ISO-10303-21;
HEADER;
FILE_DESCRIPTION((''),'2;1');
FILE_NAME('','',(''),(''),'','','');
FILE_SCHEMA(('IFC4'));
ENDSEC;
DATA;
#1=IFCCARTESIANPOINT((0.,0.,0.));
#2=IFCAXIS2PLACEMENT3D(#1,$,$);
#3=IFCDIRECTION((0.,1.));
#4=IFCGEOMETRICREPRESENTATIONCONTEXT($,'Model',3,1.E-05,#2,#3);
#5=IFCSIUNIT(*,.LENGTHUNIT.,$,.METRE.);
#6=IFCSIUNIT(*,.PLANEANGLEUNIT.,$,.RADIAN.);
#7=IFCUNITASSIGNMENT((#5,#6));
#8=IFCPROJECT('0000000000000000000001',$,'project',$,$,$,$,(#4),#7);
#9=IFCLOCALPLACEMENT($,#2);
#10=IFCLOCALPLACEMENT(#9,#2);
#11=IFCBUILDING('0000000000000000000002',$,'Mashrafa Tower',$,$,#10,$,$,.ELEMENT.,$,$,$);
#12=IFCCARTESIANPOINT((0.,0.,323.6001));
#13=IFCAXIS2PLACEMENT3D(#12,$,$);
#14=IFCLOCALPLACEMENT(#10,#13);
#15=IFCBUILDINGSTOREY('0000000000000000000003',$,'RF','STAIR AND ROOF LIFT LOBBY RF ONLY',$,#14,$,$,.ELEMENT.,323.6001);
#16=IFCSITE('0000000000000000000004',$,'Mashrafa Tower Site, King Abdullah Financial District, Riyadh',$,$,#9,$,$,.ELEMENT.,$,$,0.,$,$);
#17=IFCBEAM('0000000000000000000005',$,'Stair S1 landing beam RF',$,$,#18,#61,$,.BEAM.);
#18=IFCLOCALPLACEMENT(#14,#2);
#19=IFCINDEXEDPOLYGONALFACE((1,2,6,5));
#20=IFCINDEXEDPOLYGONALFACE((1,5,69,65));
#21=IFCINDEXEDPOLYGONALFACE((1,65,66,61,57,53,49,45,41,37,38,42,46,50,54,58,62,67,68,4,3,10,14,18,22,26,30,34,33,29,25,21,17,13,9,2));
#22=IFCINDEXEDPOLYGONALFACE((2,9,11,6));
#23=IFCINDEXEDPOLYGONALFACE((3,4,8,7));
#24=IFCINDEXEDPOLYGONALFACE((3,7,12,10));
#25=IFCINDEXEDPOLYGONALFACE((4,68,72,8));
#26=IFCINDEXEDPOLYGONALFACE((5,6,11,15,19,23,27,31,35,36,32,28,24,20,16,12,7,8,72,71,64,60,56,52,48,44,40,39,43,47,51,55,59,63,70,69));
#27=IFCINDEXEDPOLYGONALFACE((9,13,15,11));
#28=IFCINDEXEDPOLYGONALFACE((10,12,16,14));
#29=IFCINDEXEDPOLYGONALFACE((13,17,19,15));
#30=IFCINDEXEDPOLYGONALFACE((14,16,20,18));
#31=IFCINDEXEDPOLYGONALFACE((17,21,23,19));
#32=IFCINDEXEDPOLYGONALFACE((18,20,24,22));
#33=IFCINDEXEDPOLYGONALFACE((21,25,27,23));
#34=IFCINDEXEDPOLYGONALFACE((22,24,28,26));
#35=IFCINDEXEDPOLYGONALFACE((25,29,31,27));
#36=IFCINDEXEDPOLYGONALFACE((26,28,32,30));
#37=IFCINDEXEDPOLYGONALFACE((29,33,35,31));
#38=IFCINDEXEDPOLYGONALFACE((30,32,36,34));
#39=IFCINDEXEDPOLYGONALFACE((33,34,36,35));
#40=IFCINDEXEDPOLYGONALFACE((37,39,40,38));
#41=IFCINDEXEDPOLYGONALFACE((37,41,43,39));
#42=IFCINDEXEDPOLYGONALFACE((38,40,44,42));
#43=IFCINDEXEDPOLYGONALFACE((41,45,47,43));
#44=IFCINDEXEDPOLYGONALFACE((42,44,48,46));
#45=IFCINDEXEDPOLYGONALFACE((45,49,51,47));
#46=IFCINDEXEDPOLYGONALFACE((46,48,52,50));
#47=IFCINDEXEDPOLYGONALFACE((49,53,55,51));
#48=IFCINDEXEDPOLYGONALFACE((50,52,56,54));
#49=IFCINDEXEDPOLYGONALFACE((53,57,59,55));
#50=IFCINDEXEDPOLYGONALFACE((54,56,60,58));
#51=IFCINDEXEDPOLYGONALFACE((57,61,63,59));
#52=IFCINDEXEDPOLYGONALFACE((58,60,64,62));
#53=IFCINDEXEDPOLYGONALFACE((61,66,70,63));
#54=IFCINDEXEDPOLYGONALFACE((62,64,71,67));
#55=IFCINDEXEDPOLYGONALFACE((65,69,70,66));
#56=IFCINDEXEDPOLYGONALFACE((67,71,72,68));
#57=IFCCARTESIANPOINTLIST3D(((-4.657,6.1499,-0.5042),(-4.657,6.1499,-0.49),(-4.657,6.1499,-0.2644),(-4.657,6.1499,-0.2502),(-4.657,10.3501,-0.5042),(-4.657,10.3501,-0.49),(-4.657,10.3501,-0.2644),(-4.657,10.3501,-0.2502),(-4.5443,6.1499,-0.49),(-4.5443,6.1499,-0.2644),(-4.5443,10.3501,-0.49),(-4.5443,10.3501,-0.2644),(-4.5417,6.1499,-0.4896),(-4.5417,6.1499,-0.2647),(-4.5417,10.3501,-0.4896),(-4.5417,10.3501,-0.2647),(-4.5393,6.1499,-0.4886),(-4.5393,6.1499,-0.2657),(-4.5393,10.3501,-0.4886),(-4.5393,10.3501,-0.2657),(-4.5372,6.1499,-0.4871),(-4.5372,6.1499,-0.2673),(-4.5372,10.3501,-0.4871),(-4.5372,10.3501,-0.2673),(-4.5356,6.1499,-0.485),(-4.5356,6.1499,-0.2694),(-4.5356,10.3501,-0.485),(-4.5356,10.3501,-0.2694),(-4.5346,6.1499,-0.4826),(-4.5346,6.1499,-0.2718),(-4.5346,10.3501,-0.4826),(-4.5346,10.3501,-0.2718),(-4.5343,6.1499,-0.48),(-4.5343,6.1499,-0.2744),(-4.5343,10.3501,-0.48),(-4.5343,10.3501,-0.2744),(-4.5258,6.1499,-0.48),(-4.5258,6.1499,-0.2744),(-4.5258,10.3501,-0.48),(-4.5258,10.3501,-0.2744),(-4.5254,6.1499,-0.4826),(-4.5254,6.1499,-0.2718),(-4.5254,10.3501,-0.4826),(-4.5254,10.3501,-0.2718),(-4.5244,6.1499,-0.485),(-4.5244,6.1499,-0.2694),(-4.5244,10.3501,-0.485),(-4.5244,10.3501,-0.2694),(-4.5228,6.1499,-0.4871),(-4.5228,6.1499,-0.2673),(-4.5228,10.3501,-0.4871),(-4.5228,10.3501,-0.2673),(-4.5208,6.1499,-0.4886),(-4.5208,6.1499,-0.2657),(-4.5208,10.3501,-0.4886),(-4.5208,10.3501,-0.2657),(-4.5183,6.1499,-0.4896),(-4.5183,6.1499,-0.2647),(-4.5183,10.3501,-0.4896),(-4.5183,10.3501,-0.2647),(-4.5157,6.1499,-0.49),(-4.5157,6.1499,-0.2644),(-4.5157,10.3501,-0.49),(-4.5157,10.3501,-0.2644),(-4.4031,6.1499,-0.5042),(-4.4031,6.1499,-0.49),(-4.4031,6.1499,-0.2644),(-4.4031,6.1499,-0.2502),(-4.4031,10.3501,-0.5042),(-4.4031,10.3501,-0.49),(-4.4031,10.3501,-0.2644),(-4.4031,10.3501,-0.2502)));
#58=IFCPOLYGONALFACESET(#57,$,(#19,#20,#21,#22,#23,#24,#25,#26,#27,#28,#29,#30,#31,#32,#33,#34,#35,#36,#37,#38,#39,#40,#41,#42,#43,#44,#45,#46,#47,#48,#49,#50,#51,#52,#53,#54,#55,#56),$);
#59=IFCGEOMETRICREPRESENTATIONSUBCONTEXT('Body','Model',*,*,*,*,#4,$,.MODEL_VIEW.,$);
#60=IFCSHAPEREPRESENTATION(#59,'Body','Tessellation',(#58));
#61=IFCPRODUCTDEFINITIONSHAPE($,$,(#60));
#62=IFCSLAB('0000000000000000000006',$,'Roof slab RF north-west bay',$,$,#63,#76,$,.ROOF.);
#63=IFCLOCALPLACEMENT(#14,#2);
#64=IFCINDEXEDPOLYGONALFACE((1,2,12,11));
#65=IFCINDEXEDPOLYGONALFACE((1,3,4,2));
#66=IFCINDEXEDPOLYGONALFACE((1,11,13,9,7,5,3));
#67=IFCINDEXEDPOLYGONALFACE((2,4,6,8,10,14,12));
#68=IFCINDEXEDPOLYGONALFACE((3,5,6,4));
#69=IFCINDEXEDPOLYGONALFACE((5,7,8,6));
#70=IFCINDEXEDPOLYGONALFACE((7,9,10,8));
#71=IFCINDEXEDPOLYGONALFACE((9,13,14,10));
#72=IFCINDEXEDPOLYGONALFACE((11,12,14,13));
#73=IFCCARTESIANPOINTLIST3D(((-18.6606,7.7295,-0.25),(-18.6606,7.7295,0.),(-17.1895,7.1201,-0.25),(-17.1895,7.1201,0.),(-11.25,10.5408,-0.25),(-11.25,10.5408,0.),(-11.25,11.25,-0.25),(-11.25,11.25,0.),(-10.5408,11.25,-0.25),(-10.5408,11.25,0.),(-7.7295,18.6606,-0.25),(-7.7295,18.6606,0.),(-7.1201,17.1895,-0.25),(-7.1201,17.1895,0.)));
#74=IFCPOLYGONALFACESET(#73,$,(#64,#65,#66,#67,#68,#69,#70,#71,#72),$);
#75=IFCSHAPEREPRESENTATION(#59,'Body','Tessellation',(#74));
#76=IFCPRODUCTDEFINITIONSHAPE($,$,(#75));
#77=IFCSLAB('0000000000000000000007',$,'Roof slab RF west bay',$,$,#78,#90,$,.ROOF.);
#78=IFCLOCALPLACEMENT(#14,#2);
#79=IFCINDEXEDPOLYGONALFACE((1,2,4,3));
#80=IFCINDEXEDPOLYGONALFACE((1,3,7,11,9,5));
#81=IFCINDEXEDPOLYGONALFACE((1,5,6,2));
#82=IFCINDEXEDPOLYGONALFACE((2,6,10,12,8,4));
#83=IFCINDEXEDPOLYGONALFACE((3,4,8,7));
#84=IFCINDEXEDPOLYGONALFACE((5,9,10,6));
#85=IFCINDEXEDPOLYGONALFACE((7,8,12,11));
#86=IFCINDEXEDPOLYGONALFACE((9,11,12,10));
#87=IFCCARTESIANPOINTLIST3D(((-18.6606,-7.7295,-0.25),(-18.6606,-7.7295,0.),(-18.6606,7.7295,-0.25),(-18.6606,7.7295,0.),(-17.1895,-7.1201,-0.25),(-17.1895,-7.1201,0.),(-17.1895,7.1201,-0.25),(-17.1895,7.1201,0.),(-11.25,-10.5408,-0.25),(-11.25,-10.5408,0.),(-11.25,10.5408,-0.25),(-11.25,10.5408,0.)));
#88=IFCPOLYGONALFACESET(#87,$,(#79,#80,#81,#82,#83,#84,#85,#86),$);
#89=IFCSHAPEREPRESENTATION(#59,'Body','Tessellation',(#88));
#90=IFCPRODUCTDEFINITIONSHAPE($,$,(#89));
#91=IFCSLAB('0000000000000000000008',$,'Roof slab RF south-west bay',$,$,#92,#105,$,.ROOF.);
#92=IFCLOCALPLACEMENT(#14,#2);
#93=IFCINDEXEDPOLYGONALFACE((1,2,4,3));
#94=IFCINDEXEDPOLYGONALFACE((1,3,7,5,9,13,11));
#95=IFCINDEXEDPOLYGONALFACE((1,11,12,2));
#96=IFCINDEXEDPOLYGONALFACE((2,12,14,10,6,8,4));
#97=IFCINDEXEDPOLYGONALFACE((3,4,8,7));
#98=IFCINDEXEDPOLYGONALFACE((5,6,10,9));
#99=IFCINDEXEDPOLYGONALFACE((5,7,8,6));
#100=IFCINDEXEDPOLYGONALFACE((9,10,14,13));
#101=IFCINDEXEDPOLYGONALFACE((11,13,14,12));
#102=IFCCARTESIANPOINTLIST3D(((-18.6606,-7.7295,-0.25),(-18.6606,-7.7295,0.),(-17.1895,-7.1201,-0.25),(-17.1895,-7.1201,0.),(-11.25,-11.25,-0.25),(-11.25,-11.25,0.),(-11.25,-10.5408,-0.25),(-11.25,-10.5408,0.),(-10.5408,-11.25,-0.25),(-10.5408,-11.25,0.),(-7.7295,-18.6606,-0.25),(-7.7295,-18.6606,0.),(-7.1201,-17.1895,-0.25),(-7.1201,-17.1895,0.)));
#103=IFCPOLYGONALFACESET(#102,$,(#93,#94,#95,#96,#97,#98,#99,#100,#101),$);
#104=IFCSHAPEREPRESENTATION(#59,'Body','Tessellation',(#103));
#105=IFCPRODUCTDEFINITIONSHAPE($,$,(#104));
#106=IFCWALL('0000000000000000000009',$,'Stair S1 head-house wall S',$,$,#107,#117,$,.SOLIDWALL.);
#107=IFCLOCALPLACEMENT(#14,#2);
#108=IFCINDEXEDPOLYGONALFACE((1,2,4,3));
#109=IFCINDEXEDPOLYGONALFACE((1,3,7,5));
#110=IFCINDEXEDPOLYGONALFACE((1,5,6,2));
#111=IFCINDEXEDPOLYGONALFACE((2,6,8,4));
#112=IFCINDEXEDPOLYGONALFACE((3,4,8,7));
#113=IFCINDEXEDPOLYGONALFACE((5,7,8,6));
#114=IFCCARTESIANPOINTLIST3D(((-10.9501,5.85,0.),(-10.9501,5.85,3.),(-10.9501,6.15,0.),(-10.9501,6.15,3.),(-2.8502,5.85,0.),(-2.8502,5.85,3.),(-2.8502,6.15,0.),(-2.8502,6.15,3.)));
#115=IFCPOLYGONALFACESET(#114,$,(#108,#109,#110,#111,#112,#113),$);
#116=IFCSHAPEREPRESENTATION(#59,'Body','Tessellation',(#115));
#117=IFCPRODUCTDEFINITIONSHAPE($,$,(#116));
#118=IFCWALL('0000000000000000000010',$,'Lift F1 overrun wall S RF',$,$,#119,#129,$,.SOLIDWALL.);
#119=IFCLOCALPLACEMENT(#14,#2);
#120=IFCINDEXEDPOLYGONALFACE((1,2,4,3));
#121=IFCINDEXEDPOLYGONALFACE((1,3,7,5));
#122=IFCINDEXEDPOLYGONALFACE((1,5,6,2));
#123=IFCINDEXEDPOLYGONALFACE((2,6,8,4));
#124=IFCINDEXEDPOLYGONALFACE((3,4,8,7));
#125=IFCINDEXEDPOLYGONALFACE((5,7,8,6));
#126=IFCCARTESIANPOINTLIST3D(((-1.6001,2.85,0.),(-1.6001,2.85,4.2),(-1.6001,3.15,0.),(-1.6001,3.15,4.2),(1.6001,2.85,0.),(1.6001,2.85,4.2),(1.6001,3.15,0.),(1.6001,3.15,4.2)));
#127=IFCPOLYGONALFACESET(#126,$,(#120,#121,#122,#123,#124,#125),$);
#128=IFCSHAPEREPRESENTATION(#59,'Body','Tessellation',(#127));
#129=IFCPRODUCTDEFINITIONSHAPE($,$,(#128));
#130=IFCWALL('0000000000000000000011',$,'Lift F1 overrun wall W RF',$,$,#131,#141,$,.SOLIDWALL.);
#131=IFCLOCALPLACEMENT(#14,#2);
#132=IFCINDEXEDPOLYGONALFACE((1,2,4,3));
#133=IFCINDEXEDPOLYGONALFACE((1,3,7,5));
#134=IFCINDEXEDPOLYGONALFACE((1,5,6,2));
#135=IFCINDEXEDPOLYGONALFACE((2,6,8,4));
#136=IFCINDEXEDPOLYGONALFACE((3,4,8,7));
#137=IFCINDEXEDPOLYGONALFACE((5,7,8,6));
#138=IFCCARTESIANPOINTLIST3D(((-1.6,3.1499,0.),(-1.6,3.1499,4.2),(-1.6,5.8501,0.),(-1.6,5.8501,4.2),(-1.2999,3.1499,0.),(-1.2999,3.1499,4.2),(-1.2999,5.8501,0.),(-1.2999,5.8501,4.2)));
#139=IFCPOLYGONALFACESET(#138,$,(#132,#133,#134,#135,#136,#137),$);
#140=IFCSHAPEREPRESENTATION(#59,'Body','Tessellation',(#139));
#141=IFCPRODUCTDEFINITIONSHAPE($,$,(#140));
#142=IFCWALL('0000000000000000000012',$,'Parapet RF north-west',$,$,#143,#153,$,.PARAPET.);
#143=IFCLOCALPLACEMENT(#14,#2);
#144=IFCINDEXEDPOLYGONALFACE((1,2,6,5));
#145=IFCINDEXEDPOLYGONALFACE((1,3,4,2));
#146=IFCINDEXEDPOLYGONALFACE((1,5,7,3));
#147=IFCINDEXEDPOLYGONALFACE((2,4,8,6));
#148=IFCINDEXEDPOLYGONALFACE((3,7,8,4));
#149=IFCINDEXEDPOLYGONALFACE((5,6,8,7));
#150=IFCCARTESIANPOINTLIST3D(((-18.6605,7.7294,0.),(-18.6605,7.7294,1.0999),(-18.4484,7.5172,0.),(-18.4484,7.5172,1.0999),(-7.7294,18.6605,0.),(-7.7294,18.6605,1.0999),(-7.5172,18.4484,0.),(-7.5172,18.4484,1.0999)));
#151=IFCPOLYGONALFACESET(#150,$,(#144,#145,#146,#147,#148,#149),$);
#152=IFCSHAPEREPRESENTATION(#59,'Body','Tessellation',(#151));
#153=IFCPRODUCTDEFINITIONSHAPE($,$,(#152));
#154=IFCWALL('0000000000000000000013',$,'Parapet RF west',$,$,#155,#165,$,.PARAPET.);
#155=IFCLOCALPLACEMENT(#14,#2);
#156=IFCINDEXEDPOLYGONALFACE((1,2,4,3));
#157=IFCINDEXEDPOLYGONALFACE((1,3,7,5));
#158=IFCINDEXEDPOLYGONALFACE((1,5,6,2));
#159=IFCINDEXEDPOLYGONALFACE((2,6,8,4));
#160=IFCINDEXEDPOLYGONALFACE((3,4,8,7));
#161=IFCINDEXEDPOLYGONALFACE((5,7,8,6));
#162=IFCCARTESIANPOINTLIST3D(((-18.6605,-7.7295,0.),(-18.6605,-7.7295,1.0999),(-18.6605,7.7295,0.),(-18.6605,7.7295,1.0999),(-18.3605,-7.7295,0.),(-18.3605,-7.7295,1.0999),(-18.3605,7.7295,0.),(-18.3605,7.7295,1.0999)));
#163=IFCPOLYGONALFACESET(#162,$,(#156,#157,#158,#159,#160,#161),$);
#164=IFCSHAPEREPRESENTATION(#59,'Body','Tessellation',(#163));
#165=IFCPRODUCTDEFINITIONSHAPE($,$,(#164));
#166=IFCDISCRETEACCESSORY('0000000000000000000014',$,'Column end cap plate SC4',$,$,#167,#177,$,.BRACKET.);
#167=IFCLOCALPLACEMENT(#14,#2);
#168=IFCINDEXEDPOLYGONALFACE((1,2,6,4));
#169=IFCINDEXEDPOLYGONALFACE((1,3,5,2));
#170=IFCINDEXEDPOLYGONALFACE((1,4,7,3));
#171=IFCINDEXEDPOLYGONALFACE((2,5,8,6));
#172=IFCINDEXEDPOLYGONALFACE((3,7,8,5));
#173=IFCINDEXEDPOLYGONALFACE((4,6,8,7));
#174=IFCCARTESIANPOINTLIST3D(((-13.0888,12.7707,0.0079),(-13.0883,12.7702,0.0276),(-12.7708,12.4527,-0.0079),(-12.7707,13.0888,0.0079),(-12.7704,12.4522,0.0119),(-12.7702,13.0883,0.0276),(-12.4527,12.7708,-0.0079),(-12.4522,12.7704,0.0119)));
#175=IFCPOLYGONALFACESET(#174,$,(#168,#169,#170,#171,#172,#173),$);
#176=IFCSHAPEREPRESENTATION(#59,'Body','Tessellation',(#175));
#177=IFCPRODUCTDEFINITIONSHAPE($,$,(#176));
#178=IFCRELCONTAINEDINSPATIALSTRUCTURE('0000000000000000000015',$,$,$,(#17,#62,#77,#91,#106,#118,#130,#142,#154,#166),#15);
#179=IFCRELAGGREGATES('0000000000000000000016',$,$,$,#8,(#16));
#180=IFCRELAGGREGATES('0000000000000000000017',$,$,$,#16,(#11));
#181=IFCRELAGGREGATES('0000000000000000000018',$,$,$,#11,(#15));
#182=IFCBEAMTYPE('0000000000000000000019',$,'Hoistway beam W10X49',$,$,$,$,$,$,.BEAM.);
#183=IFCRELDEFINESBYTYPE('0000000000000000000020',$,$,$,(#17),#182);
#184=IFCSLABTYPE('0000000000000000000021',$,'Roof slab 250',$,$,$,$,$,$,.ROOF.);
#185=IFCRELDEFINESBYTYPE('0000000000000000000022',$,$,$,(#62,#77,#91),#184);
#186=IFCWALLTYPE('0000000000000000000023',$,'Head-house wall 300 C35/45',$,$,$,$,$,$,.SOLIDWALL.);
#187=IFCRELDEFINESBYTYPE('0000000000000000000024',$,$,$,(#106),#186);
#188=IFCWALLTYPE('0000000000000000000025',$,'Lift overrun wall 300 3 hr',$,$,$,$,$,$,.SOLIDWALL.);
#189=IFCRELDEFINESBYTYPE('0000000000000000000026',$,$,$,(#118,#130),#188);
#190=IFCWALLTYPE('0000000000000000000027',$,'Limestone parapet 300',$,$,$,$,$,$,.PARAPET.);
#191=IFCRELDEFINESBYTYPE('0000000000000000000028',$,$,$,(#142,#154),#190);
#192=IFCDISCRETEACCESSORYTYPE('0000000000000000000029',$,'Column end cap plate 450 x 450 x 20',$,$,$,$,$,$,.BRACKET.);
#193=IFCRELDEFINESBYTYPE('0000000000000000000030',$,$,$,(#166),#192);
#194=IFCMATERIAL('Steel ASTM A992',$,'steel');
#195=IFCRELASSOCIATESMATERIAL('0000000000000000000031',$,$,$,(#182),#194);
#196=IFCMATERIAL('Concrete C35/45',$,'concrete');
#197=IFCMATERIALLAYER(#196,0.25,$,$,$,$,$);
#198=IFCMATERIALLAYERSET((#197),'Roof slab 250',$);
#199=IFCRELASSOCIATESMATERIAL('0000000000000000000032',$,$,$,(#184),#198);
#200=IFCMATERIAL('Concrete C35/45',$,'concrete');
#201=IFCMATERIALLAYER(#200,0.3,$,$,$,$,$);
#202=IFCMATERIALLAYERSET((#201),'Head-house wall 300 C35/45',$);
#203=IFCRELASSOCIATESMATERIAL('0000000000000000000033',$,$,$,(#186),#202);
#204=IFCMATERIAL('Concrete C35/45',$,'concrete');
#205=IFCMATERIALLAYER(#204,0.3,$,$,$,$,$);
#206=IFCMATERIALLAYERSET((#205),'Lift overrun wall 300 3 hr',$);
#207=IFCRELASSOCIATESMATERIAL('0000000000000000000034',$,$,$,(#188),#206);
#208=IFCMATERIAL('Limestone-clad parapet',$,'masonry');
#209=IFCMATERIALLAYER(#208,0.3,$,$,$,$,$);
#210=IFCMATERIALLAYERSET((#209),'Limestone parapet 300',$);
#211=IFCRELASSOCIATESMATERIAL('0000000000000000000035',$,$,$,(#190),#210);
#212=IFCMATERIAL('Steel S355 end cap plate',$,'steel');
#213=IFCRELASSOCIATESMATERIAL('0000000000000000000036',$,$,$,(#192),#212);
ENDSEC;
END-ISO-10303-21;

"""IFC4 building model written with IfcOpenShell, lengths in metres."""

from ifc_helpers import new_model, si_unit, direction, frame, frame_2d, origin, origin_2d, place, context, subcontext, project, spatial, polyline, rectangle, i_section, outline, extrude, material, layer, layer_set, material_profile, profile_set, type_object, element, save


model = new_model("IFC4")

# Units and contexts
model_context = context("Model", 3, precision=1e-05, world=origin(), true_north=direction((0.0, 1.0)))
body_context = subcontext(model_context, "Body", "Model", "MODEL_VIEW")
ifc_project = project(units=[si_unit("LENGTHUNIT", "METRE"), si_unit("PLANEANGLEUNIT", "RADIAN")], contexts=[model_context])

# Site, building, storey
site_placement = place(None, origin())
site = spatial("IfcSite", under=ifc_project, at=site_placement, Name="Mashrafa Tower Site, King Abdullah Financial District, Riyadh", CompositionType="ELEMENT", RefElevation=0.0)
building_placement = place(site_placement, origin())
building = spatial("IfcBuilding", under=site, at=building_placement, Name="Mashrafa Tower", CompositionType="ELEMENT")
storey_placement = place(building_placement, frame((0.0, 0.0, 323.6001)))
storey = spatial("IfcBuildingStorey", under=building, at=storey_placement, Name="RF", Description="STAIR AND ROOF LIFT LOBBY RF ONLY", CompositionType="ELEMENT", Elevation=323.6001)

# Beam
ifc_material_1 = material(Name="Steel ASTM A992", Category="steel")
ifc_material_profile_1 = material_profile(ifc_material_1, i_section(OverallWidth=0.2539, OverallDepth=0.2539, WebThickness=0.0085, FlangeThickness=0.0142, FilletRadius=0.01, at=origin_2d()), Name="W10X49")
ifc_profile_set_1 = profile_set([ifc_material_profile_1], Name="Steel ASTM A992")
beam_type_1 = type_object("IfcBeamType", Name="Hoistway beam W10X49", PredefinedType="BEAM", material=ifc_profile_set_1)
beam_1_placement = place(storey_placement, frame((-4.53, 6.1499, -0.3772), z_axis=(0.0, 1.0, 0.0), x_axis=(-1.0, 0.0, 0.0)))
element("IfcBeam", 1, at=beam_1_placement, inside=storey, type_object=beam_type_1, Name="Stair S1 landing beam RF", PredefinedType="BEAM", context=body_context, shape_type="SweptSolid", body=[
    extrude(i_section(OverallWidth=0.2539, OverallDepth=0.2539, WebThickness=0.0085, FlangeThickness=0.0142, FilletRadius=0.01, at=origin_2d()), origin(), (0.0, 0.0, 1.0), 4.2002),
])

# Slabs
ifc_material_2 = material(Name="Concrete C35/45", Category="concrete")
ifc_layer_1 = layer(ifc_material_2, 0.25)
ifc_layer_set_1 = layer_set([ifc_layer_1], Name="Roof slab 250")
slab_type = type_object("IfcSlabType", Name="Roof slab 250", PredefinedType="ROOF", material=ifc_layer_set_1)
slab_1_placement = place(storey_placement, frame((0.0, 0.0, -0.25)))
element("IfcSlab", 2, at=slab_1_placement, inside=storey, type_object=slab_type, Name="Roof slab RF north-west bay", PredefinedType="ROOF", context=body_context, shape_type="SweptSolid", body=[
    extrude(outline(polyline([(-7.7295, 18.6606), (-7.1201, 17.1895), (-10.5408, 11.25), (-11.25, 11.25), (-11.25, 10.5408), (-17.1895, 7.1201), (-18.6606, 7.7295), (-7.7295, 18.6606)])), origin(), (0.0, 0.0, 1.0), 0.25),
])
slab_2_placement = place(storey_placement, frame((0.0, 0.0, -0.25)))
element("IfcSlab", 3, at=slab_2_placement, inside=storey, type_object=slab_type, Name="Roof slab RF west bay", PredefinedType="ROOF", context=body_context, shape_type="SweptSolid", body=[
    extrude(outline(polyline([(-18.6606, -7.7295), (-18.6606, 7.7295), (-18.6606, 7.7295), (-17.1895, 7.1201), (-11.25, 10.5408), (-11.25, -10.5408), (-17.1895, -7.1201), (-18.6606, -7.7295), (-18.6606, -7.7295)])), origin(), (0.0, 0.0, 1.0), 0.25),
])
slab_3_placement = place(storey_placement, frame((0.0, 0.0, -0.25)))
element("IfcSlab", 4, at=slab_3_placement, inside=storey, type_object=slab_type, Name="Roof slab RF south-west bay", PredefinedType="ROOF", context=body_context, shape_type="SweptSolid", body=[
    extrude(outline(polyline([(-18.6606, -7.7295), (-17.1895, -7.1201), (-11.25, -10.5408), (-11.25, -11.25), (-10.5408, -11.25), (-7.1201, -17.1895), (-7.7295, -18.6606), (-18.6606, -7.7295)])), origin(), (0.0, 0.0, 1.0), 0.25),
])

# Walls
ifc_material_3 = material(Name="Concrete C35/45", Category="concrete")
ifc_layer_2 = layer(ifc_material_3, 0.3)
ifc_layer_set_2 = layer_set([ifc_layer_2], Name="Head-house wall 300 C35/45")
wall_type_1 = type_object("IfcWallType", Name="Head-house wall 300 C35/45", PredefinedType="SOLIDWALL", material=ifc_layer_set_2)
wall_1_placement = place(storey_placement, frame((-10.95, 6.0, 0.0), z_axis=(0.0, 0.0, 1.0), x_axis=(1.0, 0.0, 0.0)))
element("IfcWall", 5, at=wall_1_placement, inside=storey, type_object=wall_type_1, Name="Stair S1 head-house wall S", PredefinedType="SOLIDWALL", context=body_context, shape_type="SweptSolid", body=[
    extrude(rectangle(XDim=8.0999, YDim=0.3, at=frame_2d((4.0498, 0.0))), origin(), (0.0, 0.0, 1.0), 3.0),
])
ifc_material_4 = material(Name="Concrete C35/45", Category="concrete")
ifc_layer_3 = layer(ifc_material_4, 0.3)
ifc_layer_set_3 = layer_set([ifc_layer_3], Name="Lift overrun wall 300 3 hr")
wall_type_2 = type_object("IfcWallType", Name="Lift overrun wall 300 3 hr", PredefinedType="SOLIDWALL", material=ifc_layer_set_3)
wall_2_placement = place(storey_placement, frame((-1.6001, 3.0, 0.0), z_axis=(0.0, 0.0, 1.0), x_axis=(1.0, 0.0, 0.0)))
element("IfcWall", 6, at=wall_2_placement, inside=storey, type_object=wall_type_2, Name="Lift F1 overrun wall S RF", PredefinedType="SOLIDWALL", context=body_context, shape_type="SweptSolid", body=[
    extrude(rectangle(XDim=3.2002, YDim=0.3, at=frame_2d((1.6001, 0.0))), origin(), (0.0, 0.0, 1.0), 4.2),
])
wall_3_placement = place(storey_placement, frame((-1.45, 5.8501, 0.0), z_axis=(0.0, 0.0, 1.0), x_axis=(0.0, -1.0, 0.0)))
element("IfcWall", 7, at=wall_3_placement, inside=storey, type_object=wall_type_2, Name="Lift F1 overrun wall W RF", PredefinedType="SOLIDWALL", context=body_context, shape_type="SweptSolid", body=[
    extrude(rectangle(XDim=2.7002, YDim=0.3, at=frame_2d((1.3501, 0.0))), origin(), (0.0, 0.0, 1.0), 4.2),
])
ifc_material_5 = material(Name="Limestone-clad parapet", Category="masonry")
ifc_layer_4 = layer(ifc_material_5, 0.3)
ifc_layer_set_4 = layer_set([ifc_layer_4], Name="Limestone parapet 300")
wall_type_3 = type_object("IfcWallType", Name="Limestone parapet 300", PredefinedType="PARAPET", material=ifc_layer_set_4)
for number, where, z_axis, x_axis, name in (
    (8, (-7.6233, 18.5544, 0.0), (0.0, 0.0, 1.0), (-0.707107, -0.707107, 0.0), "Parapet RF north-west"),
    (9, (-18.5105, 7.7295, 0.0), (0.0, 0.0, 1.0), (0.0, -1.0, 0.0), "Parapet RF west"),
):
    element("IfcWall", number, at=place(storey_placement, frame(where, z_axis=z_axis, x_axis=x_axis)), inside=storey, type_object=wall_type_3, Name=name, PredefinedType="PARAPET", context=body_context, shape_type="SweptSolid", body=[
        extrude(rectangle(XDim=15.459, YDim=0.3, at=frame_2d((7.7295, 0.0))), origin(), (0.0, 0.0, 1.0), 1.0999),
    ])

# Discrete accessory
ifc_material_6 = material(Name="Steel S355 end cap plate", Category="steel")
discrete_accessory_type = type_object("IfcDiscreteAccessoryType", Name="Column end cap plate 450 x 450 x 20", PredefinedType="BRACKET", material=ifc_material_6)
discrete_accessory_placement = place(storey_placement, frame((-12.7708, 12.7708, 0.0), z_axis=(0.024676, -0.024676, 0.999391), x_axis=(0.707107, 0.707107, 0.0)))
element("IfcDiscreteAccessory", 10, at=discrete_accessory_placement, inside=storey, type_object=discrete_accessory_type, Name="Column end cap plate SC4", PredefinedType="BRACKET", context=body_context, shape_type="SweptSolid", body=[
    extrude(rectangle(XDim=0.45, YDim=0.45, at=origin_2d()), origin(), (0.0, 0.0, 1.0), 0.0198),
])

save(model, "model.ifc")
